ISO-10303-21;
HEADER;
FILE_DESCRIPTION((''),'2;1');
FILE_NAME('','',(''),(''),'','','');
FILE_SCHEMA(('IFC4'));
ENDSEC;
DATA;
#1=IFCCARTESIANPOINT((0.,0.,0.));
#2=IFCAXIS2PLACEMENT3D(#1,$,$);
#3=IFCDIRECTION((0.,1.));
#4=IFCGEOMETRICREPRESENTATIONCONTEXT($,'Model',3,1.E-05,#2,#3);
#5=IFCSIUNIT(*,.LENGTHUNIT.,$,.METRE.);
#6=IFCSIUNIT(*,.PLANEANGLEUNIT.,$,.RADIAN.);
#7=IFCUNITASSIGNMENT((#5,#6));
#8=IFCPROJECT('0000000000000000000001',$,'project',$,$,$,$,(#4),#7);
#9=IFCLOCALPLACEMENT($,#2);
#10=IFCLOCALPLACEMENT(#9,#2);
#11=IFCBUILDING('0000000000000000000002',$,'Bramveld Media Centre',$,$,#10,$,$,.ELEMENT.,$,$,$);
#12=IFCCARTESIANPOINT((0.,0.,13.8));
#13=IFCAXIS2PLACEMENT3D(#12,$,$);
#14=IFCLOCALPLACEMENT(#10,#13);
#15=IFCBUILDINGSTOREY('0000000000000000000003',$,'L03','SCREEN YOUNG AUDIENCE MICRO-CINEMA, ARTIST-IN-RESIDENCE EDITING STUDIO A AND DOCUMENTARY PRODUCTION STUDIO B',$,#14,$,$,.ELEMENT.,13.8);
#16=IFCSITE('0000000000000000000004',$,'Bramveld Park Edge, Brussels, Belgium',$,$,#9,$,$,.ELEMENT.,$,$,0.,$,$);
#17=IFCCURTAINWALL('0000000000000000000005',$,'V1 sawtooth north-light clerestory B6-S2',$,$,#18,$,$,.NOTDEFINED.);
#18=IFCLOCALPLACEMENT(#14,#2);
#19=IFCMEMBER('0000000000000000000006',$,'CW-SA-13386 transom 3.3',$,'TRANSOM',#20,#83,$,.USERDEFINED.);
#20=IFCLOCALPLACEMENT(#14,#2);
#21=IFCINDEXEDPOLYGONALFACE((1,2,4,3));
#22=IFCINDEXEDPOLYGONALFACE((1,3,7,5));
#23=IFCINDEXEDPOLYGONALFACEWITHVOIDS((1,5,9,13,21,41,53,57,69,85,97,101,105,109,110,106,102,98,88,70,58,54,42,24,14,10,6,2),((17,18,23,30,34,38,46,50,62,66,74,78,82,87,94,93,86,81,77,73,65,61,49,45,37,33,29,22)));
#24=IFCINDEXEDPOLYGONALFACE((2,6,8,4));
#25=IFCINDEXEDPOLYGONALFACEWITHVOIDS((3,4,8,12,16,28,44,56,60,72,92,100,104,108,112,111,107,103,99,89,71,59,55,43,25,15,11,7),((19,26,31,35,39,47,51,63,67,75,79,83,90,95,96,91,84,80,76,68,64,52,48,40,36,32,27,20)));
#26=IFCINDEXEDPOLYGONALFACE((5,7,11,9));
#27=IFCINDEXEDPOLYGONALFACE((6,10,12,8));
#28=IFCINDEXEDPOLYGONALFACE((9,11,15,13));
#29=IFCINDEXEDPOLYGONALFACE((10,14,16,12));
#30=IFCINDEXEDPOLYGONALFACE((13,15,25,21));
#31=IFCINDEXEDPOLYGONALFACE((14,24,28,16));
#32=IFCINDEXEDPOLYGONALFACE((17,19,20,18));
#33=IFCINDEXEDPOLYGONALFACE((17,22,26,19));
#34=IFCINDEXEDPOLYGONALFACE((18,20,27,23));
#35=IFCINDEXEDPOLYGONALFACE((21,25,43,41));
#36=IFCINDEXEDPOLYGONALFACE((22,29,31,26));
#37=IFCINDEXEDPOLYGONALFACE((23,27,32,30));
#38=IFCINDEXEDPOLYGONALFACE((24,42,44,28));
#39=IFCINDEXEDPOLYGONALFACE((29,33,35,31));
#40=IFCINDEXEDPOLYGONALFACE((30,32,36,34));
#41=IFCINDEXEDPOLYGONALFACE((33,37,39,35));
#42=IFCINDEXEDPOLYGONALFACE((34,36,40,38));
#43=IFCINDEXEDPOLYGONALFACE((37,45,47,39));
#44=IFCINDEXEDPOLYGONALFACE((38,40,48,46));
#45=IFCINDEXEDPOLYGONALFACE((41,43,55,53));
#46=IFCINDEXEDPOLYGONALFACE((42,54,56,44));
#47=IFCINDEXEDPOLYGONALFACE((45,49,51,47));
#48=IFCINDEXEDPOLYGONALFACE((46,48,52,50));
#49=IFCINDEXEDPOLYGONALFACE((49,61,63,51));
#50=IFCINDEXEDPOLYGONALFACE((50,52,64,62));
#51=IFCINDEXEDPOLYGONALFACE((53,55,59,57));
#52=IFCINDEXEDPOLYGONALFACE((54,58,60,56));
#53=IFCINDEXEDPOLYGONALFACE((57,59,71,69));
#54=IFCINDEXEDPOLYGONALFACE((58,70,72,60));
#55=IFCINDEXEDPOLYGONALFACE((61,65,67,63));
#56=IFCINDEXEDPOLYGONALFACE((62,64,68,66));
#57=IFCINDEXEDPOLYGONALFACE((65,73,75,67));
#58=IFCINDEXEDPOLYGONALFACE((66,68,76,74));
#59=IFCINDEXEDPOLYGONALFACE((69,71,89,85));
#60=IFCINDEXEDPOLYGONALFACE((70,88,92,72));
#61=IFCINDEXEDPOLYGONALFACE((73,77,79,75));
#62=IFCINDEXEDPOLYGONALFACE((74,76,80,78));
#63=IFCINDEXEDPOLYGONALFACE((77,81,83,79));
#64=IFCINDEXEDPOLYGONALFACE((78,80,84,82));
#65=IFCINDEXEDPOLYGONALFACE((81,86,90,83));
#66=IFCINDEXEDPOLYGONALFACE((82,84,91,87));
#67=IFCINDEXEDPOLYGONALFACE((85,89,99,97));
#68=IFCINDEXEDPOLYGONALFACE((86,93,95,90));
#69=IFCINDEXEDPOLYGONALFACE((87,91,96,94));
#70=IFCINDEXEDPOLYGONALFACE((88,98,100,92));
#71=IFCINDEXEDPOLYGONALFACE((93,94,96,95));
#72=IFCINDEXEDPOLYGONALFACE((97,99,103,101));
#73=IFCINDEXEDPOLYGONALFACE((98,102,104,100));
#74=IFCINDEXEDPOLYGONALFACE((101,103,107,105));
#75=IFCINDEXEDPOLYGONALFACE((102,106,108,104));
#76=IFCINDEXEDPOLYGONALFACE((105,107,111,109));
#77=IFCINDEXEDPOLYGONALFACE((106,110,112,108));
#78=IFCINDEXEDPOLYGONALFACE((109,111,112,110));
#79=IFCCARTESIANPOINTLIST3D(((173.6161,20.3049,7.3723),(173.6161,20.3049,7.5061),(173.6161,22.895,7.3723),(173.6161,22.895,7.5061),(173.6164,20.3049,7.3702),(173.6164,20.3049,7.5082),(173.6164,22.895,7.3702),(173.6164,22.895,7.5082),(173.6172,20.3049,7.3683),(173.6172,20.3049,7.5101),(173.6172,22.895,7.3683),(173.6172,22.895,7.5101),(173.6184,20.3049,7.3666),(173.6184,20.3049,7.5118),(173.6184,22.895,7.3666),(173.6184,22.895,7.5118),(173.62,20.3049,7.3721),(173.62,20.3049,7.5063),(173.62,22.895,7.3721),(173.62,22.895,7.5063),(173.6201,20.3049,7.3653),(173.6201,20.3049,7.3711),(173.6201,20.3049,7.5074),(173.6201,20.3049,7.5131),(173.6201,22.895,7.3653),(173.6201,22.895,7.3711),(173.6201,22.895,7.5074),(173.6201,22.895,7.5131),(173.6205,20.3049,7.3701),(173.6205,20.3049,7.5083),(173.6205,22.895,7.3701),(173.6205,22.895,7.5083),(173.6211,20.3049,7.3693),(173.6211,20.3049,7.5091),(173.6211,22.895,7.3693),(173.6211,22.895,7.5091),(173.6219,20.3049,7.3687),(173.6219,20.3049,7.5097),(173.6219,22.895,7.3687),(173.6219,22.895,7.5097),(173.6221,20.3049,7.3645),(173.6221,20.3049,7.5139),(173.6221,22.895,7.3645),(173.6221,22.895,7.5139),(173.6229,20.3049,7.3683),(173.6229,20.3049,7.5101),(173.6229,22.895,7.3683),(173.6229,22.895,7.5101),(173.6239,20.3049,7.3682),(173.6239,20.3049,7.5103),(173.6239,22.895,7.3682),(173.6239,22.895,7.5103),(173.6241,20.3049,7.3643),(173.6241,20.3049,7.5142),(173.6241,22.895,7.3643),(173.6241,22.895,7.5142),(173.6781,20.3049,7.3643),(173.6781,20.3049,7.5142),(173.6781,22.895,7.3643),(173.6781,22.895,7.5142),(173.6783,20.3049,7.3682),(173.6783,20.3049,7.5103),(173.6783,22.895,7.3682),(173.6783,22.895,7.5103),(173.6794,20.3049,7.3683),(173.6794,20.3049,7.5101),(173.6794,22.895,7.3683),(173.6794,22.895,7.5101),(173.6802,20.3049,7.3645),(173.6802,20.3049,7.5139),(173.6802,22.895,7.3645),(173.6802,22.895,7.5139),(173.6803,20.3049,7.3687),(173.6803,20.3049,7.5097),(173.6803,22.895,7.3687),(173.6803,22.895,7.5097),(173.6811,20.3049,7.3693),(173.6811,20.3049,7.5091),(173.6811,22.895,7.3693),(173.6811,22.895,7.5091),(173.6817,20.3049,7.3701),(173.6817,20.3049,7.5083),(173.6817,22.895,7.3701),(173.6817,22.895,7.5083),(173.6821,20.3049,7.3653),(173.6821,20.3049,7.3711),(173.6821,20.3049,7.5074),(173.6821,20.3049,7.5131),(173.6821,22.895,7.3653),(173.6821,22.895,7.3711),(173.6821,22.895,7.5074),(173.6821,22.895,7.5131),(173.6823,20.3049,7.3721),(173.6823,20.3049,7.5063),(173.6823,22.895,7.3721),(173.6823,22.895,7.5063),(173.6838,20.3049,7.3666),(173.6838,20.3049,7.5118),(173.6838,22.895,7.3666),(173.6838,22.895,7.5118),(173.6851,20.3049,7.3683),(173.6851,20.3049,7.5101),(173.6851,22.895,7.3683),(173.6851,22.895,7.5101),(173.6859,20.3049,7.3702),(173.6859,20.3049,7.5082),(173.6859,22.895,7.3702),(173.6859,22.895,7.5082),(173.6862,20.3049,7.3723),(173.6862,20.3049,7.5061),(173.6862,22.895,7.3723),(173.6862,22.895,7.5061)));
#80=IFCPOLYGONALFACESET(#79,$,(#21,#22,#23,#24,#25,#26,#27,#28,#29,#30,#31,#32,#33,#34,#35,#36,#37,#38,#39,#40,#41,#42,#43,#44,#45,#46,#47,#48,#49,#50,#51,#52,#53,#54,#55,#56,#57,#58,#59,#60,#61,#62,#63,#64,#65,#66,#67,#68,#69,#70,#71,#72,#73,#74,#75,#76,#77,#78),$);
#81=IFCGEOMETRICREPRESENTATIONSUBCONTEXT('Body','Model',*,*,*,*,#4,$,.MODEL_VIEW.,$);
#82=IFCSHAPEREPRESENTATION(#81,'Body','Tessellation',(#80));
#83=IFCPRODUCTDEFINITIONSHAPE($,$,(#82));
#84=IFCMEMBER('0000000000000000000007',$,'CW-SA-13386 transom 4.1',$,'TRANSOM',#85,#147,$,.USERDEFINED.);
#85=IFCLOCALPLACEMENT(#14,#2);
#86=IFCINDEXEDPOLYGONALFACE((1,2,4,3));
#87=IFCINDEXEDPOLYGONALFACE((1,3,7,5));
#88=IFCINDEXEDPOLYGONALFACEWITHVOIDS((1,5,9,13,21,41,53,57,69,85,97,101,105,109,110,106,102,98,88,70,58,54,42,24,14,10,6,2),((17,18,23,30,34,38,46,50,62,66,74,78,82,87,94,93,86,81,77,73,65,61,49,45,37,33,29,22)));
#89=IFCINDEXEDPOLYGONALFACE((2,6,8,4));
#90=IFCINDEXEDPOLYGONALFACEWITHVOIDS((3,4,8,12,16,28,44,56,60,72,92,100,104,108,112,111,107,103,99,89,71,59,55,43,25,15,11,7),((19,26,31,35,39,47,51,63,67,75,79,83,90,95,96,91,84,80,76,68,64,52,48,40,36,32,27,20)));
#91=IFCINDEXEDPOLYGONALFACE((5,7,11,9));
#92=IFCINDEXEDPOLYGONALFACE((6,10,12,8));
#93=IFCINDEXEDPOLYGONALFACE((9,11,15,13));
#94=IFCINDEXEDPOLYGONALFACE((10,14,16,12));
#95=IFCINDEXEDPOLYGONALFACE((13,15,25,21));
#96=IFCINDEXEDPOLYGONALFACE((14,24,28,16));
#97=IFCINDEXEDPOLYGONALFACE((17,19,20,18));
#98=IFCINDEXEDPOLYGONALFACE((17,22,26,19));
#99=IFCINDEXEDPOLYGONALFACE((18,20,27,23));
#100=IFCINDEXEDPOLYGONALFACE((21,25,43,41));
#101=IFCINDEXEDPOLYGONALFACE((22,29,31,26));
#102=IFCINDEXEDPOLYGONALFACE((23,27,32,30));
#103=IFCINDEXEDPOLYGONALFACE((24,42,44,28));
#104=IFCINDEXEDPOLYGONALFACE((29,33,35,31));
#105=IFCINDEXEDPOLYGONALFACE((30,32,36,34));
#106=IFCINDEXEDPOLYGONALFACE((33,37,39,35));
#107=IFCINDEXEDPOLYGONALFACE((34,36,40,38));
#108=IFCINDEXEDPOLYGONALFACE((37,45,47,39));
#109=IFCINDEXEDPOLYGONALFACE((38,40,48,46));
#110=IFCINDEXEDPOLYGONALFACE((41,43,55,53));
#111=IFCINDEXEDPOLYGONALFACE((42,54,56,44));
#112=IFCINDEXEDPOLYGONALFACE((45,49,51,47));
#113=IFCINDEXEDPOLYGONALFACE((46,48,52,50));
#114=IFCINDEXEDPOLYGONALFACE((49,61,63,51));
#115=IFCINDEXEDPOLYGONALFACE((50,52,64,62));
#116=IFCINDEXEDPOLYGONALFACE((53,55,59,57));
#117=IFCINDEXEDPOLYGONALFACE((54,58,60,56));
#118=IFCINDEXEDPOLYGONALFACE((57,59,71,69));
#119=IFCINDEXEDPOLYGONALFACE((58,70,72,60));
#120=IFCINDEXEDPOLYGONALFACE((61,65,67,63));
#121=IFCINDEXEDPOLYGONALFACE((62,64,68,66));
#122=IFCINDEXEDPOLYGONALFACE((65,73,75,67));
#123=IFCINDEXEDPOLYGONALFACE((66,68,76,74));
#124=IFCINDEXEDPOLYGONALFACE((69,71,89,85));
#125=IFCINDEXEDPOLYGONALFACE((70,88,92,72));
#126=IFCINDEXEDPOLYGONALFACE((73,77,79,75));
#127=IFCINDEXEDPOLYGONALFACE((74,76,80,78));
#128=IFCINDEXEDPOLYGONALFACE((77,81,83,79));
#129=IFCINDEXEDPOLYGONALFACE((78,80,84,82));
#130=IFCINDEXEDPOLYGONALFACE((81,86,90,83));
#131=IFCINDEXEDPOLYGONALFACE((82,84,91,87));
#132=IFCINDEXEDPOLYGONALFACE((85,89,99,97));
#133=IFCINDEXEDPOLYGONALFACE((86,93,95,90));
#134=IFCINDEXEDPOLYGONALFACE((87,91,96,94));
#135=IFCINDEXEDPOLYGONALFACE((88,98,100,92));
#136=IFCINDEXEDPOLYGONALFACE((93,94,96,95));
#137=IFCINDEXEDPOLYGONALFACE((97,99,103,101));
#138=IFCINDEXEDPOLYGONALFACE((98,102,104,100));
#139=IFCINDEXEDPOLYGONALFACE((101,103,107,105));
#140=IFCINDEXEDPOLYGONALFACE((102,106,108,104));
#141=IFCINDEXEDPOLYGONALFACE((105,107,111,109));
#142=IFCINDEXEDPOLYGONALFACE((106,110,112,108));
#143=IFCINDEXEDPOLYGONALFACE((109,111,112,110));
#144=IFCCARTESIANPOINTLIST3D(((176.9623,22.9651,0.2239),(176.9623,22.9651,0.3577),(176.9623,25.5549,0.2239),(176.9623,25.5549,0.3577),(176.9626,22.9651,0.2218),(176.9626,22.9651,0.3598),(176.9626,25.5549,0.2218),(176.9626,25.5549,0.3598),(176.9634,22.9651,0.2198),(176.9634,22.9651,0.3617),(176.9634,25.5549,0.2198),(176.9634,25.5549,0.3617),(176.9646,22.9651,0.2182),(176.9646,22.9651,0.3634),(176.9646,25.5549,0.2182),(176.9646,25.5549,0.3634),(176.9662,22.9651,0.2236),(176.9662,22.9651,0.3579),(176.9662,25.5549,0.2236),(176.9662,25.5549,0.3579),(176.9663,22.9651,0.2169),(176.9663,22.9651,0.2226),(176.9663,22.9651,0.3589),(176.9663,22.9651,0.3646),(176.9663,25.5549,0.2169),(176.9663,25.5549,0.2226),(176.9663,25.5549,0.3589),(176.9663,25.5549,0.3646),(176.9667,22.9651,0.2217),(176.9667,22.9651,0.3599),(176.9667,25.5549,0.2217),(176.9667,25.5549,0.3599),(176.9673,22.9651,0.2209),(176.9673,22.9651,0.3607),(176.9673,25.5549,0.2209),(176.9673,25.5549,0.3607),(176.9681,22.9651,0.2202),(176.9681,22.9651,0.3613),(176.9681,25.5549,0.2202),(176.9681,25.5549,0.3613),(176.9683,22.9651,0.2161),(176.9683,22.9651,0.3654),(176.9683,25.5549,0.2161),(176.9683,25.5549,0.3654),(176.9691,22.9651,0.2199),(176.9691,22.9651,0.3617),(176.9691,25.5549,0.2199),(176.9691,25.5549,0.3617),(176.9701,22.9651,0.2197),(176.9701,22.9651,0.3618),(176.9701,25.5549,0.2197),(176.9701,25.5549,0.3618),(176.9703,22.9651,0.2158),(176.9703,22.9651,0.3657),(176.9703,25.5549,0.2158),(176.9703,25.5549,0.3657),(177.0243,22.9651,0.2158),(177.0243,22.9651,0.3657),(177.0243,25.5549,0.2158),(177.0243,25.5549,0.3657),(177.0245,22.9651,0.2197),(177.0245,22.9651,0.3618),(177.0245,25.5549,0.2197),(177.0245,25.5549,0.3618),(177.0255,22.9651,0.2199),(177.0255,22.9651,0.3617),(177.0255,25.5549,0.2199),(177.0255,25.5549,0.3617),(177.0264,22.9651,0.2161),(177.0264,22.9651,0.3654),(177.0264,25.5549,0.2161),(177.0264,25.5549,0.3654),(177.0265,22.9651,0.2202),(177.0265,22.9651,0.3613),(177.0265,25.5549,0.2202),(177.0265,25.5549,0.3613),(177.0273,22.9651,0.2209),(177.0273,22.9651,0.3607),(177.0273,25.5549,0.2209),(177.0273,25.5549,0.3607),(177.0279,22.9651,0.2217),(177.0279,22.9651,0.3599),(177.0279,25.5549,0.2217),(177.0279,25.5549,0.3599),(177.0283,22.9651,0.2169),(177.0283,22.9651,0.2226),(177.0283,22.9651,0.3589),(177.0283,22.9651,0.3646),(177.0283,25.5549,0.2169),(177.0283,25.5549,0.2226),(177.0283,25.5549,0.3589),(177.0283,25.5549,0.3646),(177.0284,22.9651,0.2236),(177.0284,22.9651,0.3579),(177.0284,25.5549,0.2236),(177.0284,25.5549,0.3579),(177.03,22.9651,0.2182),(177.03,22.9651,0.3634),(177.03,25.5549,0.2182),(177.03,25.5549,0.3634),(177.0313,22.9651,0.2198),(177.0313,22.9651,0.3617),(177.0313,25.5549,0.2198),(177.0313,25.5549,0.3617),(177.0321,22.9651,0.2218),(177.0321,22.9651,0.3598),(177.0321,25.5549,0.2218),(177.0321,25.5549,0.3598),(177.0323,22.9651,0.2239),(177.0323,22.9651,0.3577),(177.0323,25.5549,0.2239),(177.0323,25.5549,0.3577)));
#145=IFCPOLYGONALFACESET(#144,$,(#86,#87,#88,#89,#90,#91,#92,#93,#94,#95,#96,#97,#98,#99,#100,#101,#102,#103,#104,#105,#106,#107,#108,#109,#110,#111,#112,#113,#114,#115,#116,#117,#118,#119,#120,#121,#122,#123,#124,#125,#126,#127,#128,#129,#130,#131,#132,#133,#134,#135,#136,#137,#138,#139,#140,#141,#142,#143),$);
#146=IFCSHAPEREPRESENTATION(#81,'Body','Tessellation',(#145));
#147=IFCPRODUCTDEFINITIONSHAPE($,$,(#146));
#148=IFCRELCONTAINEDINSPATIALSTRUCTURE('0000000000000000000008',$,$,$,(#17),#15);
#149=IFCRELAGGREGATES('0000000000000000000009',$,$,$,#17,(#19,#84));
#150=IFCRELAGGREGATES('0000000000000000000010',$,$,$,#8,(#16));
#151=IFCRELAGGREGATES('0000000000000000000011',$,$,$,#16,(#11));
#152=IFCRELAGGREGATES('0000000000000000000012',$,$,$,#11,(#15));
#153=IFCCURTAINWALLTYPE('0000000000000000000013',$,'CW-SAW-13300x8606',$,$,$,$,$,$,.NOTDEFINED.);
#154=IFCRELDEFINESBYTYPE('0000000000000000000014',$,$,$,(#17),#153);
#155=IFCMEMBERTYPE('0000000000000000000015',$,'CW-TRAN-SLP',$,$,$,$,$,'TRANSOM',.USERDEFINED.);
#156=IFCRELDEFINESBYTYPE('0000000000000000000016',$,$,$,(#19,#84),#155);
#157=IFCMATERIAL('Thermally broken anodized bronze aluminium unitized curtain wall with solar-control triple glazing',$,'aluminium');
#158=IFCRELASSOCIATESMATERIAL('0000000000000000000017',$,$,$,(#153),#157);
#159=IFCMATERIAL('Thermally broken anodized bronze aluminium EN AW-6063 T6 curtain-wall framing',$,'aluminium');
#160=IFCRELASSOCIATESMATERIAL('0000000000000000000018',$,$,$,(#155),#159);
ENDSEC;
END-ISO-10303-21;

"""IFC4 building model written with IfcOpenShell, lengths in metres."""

from ifc_helpers import new_model, si_unit, direction, frame, origin, origin_2d, place, context, subcontext, project, spatial, hollow_rectangle, extrude, material, material_profile, profile_set, type_object, element, aggregate, save


model = new_model("IFC4")

# Units and contexts
model_context = context("Model", 3, precision=1e-05, world=origin(), true_north=direction((0.0, 1.0)))
body_context = subcontext(model_context, "Body", "Model", "MODEL_VIEW")
ifc_project = project(units=[si_unit("LENGTHUNIT", "METRE"), si_unit("PLANEANGLEUNIT", "RADIAN")], contexts=[model_context])

# Site, building, storey
site_placement = place(None, origin())
site = spatial("IfcSite", under=ifc_project, at=site_placement, Name="Bramveld Park Edge, Brussels, Belgium", CompositionType="ELEMENT", RefElevation=0.0)
building_placement = place(site_placement, origin())
building = spatial("IfcBuilding", under=site, at=building_placement, Name="Bramveld Media Centre", CompositionType="ELEMENT")
storey_placement = place(building_placement, frame((0.0, 0.0, 13.8)))
storey = spatial("IfcBuildingStorey", under=building, at=storey_placement, Name="L03", Description="SCREEN YOUNG AUDIENCE MICRO-CINEMA, ARTIST-IN-RESIDENCE EDITING STUDIO A AND DOCUMENTARY PRODUCTION STUDIO B", CompositionType="ELEMENT", Elevation=13.8)

# Curtain wall, members
ifc_material_1 = material(Name="Thermally broken anodized bronze aluminium unitized curtain wall with solar-control triple glazing", Category="aluminium")
curtain_wall_type = type_object("IfcCurtainWallType", Name="CW-SAW-13300x8606", PredefinedType="NOTDEFINED", material=ifc_material_1)
curtain_wall_placement = place(storey_placement, origin())
curtain_wall = element("IfcCurtainWall", 1, at=curtain_wall_placement, inside=storey, type_object=curtain_wall_type, Name="V1 sawtooth north-light clerestory B6-S2", PredefinedType="NOTDEFINED")
ifc_material_2 = material(Name="Thermally broken anodized bronze aluminium EN AW-6063 T6 curtain-wall framing", Category="aluminium")
ifc_material_profile_1 = material_profile(ifc_material_2, hollow_rectangle(XDim=0.0701, YDim=0.1499, WallThickness=0.0039, InnerFilletRadius=0.0039, OuterFilletRadius=0.0081, at=origin_2d()), Name="AL-TRAN 70x150")
ifc_profile_set_1 = profile_set([ifc_material_profile_1], Name="Thermally broken anodized bronze aluminium EN AW-6063 T6 curtain-wall framing")
member_type_1 = type_object("IfcMemberType", Name="CW-TRAN-SLP", ElementType="TRANSOM", PredefinedType="USERDEFINED", material=ifc_profile_set_1)
member_1_placement = place(storey_placement, frame((173.6511, 20.3049, 7.4392), z_axis=(0.0, 1.0, 0.0), x_axis=(-1.0, 0.0, 0.0)))
member_1 = element("IfcMember", 2, at=member_1_placement, type_object=member_type_1, Name="CW-SA-13386 transom 3.3", ObjectType="TRANSOM", PredefinedType="USERDEFINED", context=body_context, shape_type="SweptSolid", body=[
    extrude(hollow_rectangle(XDim=0.0701, YDim=0.1499, WallThickness=0.0039, InnerFilletRadius=0.0039, OuterFilletRadius=0.0081, at=origin_2d()), origin(), (0.0, 0.0, 1.0), 2.5901),
])
member_2_placement = place(storey_placement, frame((176.9973, 22.9651, 0.2908), z_axis=(0.0, 1.0, 0.0), x_axis=(-1.0, 0.0, 0.0)))
member_2 = element("IfcMember", 3, at=member_2_placement, type_object=member_type_1, Name="CW-SA-13386 transom 4.1", ObjectType="TRANSOM", PredefinedType="USERDEFINED", context=body_context, shape_type="SweptSolid", body=[
    extrude(hollow_rectangle(XDim=0.0701, YDim=0.1499, WallThickness=0.0039, InnerFilletRadius=0.0039, OuterFilletRadius=0.0081, at=origin_2d()), origin(), (0.0, 0.0, 1.0), 2.5898),
])

aggregate(curtain_wall, [member_1, member_2])

save(model, "model.ifc")
